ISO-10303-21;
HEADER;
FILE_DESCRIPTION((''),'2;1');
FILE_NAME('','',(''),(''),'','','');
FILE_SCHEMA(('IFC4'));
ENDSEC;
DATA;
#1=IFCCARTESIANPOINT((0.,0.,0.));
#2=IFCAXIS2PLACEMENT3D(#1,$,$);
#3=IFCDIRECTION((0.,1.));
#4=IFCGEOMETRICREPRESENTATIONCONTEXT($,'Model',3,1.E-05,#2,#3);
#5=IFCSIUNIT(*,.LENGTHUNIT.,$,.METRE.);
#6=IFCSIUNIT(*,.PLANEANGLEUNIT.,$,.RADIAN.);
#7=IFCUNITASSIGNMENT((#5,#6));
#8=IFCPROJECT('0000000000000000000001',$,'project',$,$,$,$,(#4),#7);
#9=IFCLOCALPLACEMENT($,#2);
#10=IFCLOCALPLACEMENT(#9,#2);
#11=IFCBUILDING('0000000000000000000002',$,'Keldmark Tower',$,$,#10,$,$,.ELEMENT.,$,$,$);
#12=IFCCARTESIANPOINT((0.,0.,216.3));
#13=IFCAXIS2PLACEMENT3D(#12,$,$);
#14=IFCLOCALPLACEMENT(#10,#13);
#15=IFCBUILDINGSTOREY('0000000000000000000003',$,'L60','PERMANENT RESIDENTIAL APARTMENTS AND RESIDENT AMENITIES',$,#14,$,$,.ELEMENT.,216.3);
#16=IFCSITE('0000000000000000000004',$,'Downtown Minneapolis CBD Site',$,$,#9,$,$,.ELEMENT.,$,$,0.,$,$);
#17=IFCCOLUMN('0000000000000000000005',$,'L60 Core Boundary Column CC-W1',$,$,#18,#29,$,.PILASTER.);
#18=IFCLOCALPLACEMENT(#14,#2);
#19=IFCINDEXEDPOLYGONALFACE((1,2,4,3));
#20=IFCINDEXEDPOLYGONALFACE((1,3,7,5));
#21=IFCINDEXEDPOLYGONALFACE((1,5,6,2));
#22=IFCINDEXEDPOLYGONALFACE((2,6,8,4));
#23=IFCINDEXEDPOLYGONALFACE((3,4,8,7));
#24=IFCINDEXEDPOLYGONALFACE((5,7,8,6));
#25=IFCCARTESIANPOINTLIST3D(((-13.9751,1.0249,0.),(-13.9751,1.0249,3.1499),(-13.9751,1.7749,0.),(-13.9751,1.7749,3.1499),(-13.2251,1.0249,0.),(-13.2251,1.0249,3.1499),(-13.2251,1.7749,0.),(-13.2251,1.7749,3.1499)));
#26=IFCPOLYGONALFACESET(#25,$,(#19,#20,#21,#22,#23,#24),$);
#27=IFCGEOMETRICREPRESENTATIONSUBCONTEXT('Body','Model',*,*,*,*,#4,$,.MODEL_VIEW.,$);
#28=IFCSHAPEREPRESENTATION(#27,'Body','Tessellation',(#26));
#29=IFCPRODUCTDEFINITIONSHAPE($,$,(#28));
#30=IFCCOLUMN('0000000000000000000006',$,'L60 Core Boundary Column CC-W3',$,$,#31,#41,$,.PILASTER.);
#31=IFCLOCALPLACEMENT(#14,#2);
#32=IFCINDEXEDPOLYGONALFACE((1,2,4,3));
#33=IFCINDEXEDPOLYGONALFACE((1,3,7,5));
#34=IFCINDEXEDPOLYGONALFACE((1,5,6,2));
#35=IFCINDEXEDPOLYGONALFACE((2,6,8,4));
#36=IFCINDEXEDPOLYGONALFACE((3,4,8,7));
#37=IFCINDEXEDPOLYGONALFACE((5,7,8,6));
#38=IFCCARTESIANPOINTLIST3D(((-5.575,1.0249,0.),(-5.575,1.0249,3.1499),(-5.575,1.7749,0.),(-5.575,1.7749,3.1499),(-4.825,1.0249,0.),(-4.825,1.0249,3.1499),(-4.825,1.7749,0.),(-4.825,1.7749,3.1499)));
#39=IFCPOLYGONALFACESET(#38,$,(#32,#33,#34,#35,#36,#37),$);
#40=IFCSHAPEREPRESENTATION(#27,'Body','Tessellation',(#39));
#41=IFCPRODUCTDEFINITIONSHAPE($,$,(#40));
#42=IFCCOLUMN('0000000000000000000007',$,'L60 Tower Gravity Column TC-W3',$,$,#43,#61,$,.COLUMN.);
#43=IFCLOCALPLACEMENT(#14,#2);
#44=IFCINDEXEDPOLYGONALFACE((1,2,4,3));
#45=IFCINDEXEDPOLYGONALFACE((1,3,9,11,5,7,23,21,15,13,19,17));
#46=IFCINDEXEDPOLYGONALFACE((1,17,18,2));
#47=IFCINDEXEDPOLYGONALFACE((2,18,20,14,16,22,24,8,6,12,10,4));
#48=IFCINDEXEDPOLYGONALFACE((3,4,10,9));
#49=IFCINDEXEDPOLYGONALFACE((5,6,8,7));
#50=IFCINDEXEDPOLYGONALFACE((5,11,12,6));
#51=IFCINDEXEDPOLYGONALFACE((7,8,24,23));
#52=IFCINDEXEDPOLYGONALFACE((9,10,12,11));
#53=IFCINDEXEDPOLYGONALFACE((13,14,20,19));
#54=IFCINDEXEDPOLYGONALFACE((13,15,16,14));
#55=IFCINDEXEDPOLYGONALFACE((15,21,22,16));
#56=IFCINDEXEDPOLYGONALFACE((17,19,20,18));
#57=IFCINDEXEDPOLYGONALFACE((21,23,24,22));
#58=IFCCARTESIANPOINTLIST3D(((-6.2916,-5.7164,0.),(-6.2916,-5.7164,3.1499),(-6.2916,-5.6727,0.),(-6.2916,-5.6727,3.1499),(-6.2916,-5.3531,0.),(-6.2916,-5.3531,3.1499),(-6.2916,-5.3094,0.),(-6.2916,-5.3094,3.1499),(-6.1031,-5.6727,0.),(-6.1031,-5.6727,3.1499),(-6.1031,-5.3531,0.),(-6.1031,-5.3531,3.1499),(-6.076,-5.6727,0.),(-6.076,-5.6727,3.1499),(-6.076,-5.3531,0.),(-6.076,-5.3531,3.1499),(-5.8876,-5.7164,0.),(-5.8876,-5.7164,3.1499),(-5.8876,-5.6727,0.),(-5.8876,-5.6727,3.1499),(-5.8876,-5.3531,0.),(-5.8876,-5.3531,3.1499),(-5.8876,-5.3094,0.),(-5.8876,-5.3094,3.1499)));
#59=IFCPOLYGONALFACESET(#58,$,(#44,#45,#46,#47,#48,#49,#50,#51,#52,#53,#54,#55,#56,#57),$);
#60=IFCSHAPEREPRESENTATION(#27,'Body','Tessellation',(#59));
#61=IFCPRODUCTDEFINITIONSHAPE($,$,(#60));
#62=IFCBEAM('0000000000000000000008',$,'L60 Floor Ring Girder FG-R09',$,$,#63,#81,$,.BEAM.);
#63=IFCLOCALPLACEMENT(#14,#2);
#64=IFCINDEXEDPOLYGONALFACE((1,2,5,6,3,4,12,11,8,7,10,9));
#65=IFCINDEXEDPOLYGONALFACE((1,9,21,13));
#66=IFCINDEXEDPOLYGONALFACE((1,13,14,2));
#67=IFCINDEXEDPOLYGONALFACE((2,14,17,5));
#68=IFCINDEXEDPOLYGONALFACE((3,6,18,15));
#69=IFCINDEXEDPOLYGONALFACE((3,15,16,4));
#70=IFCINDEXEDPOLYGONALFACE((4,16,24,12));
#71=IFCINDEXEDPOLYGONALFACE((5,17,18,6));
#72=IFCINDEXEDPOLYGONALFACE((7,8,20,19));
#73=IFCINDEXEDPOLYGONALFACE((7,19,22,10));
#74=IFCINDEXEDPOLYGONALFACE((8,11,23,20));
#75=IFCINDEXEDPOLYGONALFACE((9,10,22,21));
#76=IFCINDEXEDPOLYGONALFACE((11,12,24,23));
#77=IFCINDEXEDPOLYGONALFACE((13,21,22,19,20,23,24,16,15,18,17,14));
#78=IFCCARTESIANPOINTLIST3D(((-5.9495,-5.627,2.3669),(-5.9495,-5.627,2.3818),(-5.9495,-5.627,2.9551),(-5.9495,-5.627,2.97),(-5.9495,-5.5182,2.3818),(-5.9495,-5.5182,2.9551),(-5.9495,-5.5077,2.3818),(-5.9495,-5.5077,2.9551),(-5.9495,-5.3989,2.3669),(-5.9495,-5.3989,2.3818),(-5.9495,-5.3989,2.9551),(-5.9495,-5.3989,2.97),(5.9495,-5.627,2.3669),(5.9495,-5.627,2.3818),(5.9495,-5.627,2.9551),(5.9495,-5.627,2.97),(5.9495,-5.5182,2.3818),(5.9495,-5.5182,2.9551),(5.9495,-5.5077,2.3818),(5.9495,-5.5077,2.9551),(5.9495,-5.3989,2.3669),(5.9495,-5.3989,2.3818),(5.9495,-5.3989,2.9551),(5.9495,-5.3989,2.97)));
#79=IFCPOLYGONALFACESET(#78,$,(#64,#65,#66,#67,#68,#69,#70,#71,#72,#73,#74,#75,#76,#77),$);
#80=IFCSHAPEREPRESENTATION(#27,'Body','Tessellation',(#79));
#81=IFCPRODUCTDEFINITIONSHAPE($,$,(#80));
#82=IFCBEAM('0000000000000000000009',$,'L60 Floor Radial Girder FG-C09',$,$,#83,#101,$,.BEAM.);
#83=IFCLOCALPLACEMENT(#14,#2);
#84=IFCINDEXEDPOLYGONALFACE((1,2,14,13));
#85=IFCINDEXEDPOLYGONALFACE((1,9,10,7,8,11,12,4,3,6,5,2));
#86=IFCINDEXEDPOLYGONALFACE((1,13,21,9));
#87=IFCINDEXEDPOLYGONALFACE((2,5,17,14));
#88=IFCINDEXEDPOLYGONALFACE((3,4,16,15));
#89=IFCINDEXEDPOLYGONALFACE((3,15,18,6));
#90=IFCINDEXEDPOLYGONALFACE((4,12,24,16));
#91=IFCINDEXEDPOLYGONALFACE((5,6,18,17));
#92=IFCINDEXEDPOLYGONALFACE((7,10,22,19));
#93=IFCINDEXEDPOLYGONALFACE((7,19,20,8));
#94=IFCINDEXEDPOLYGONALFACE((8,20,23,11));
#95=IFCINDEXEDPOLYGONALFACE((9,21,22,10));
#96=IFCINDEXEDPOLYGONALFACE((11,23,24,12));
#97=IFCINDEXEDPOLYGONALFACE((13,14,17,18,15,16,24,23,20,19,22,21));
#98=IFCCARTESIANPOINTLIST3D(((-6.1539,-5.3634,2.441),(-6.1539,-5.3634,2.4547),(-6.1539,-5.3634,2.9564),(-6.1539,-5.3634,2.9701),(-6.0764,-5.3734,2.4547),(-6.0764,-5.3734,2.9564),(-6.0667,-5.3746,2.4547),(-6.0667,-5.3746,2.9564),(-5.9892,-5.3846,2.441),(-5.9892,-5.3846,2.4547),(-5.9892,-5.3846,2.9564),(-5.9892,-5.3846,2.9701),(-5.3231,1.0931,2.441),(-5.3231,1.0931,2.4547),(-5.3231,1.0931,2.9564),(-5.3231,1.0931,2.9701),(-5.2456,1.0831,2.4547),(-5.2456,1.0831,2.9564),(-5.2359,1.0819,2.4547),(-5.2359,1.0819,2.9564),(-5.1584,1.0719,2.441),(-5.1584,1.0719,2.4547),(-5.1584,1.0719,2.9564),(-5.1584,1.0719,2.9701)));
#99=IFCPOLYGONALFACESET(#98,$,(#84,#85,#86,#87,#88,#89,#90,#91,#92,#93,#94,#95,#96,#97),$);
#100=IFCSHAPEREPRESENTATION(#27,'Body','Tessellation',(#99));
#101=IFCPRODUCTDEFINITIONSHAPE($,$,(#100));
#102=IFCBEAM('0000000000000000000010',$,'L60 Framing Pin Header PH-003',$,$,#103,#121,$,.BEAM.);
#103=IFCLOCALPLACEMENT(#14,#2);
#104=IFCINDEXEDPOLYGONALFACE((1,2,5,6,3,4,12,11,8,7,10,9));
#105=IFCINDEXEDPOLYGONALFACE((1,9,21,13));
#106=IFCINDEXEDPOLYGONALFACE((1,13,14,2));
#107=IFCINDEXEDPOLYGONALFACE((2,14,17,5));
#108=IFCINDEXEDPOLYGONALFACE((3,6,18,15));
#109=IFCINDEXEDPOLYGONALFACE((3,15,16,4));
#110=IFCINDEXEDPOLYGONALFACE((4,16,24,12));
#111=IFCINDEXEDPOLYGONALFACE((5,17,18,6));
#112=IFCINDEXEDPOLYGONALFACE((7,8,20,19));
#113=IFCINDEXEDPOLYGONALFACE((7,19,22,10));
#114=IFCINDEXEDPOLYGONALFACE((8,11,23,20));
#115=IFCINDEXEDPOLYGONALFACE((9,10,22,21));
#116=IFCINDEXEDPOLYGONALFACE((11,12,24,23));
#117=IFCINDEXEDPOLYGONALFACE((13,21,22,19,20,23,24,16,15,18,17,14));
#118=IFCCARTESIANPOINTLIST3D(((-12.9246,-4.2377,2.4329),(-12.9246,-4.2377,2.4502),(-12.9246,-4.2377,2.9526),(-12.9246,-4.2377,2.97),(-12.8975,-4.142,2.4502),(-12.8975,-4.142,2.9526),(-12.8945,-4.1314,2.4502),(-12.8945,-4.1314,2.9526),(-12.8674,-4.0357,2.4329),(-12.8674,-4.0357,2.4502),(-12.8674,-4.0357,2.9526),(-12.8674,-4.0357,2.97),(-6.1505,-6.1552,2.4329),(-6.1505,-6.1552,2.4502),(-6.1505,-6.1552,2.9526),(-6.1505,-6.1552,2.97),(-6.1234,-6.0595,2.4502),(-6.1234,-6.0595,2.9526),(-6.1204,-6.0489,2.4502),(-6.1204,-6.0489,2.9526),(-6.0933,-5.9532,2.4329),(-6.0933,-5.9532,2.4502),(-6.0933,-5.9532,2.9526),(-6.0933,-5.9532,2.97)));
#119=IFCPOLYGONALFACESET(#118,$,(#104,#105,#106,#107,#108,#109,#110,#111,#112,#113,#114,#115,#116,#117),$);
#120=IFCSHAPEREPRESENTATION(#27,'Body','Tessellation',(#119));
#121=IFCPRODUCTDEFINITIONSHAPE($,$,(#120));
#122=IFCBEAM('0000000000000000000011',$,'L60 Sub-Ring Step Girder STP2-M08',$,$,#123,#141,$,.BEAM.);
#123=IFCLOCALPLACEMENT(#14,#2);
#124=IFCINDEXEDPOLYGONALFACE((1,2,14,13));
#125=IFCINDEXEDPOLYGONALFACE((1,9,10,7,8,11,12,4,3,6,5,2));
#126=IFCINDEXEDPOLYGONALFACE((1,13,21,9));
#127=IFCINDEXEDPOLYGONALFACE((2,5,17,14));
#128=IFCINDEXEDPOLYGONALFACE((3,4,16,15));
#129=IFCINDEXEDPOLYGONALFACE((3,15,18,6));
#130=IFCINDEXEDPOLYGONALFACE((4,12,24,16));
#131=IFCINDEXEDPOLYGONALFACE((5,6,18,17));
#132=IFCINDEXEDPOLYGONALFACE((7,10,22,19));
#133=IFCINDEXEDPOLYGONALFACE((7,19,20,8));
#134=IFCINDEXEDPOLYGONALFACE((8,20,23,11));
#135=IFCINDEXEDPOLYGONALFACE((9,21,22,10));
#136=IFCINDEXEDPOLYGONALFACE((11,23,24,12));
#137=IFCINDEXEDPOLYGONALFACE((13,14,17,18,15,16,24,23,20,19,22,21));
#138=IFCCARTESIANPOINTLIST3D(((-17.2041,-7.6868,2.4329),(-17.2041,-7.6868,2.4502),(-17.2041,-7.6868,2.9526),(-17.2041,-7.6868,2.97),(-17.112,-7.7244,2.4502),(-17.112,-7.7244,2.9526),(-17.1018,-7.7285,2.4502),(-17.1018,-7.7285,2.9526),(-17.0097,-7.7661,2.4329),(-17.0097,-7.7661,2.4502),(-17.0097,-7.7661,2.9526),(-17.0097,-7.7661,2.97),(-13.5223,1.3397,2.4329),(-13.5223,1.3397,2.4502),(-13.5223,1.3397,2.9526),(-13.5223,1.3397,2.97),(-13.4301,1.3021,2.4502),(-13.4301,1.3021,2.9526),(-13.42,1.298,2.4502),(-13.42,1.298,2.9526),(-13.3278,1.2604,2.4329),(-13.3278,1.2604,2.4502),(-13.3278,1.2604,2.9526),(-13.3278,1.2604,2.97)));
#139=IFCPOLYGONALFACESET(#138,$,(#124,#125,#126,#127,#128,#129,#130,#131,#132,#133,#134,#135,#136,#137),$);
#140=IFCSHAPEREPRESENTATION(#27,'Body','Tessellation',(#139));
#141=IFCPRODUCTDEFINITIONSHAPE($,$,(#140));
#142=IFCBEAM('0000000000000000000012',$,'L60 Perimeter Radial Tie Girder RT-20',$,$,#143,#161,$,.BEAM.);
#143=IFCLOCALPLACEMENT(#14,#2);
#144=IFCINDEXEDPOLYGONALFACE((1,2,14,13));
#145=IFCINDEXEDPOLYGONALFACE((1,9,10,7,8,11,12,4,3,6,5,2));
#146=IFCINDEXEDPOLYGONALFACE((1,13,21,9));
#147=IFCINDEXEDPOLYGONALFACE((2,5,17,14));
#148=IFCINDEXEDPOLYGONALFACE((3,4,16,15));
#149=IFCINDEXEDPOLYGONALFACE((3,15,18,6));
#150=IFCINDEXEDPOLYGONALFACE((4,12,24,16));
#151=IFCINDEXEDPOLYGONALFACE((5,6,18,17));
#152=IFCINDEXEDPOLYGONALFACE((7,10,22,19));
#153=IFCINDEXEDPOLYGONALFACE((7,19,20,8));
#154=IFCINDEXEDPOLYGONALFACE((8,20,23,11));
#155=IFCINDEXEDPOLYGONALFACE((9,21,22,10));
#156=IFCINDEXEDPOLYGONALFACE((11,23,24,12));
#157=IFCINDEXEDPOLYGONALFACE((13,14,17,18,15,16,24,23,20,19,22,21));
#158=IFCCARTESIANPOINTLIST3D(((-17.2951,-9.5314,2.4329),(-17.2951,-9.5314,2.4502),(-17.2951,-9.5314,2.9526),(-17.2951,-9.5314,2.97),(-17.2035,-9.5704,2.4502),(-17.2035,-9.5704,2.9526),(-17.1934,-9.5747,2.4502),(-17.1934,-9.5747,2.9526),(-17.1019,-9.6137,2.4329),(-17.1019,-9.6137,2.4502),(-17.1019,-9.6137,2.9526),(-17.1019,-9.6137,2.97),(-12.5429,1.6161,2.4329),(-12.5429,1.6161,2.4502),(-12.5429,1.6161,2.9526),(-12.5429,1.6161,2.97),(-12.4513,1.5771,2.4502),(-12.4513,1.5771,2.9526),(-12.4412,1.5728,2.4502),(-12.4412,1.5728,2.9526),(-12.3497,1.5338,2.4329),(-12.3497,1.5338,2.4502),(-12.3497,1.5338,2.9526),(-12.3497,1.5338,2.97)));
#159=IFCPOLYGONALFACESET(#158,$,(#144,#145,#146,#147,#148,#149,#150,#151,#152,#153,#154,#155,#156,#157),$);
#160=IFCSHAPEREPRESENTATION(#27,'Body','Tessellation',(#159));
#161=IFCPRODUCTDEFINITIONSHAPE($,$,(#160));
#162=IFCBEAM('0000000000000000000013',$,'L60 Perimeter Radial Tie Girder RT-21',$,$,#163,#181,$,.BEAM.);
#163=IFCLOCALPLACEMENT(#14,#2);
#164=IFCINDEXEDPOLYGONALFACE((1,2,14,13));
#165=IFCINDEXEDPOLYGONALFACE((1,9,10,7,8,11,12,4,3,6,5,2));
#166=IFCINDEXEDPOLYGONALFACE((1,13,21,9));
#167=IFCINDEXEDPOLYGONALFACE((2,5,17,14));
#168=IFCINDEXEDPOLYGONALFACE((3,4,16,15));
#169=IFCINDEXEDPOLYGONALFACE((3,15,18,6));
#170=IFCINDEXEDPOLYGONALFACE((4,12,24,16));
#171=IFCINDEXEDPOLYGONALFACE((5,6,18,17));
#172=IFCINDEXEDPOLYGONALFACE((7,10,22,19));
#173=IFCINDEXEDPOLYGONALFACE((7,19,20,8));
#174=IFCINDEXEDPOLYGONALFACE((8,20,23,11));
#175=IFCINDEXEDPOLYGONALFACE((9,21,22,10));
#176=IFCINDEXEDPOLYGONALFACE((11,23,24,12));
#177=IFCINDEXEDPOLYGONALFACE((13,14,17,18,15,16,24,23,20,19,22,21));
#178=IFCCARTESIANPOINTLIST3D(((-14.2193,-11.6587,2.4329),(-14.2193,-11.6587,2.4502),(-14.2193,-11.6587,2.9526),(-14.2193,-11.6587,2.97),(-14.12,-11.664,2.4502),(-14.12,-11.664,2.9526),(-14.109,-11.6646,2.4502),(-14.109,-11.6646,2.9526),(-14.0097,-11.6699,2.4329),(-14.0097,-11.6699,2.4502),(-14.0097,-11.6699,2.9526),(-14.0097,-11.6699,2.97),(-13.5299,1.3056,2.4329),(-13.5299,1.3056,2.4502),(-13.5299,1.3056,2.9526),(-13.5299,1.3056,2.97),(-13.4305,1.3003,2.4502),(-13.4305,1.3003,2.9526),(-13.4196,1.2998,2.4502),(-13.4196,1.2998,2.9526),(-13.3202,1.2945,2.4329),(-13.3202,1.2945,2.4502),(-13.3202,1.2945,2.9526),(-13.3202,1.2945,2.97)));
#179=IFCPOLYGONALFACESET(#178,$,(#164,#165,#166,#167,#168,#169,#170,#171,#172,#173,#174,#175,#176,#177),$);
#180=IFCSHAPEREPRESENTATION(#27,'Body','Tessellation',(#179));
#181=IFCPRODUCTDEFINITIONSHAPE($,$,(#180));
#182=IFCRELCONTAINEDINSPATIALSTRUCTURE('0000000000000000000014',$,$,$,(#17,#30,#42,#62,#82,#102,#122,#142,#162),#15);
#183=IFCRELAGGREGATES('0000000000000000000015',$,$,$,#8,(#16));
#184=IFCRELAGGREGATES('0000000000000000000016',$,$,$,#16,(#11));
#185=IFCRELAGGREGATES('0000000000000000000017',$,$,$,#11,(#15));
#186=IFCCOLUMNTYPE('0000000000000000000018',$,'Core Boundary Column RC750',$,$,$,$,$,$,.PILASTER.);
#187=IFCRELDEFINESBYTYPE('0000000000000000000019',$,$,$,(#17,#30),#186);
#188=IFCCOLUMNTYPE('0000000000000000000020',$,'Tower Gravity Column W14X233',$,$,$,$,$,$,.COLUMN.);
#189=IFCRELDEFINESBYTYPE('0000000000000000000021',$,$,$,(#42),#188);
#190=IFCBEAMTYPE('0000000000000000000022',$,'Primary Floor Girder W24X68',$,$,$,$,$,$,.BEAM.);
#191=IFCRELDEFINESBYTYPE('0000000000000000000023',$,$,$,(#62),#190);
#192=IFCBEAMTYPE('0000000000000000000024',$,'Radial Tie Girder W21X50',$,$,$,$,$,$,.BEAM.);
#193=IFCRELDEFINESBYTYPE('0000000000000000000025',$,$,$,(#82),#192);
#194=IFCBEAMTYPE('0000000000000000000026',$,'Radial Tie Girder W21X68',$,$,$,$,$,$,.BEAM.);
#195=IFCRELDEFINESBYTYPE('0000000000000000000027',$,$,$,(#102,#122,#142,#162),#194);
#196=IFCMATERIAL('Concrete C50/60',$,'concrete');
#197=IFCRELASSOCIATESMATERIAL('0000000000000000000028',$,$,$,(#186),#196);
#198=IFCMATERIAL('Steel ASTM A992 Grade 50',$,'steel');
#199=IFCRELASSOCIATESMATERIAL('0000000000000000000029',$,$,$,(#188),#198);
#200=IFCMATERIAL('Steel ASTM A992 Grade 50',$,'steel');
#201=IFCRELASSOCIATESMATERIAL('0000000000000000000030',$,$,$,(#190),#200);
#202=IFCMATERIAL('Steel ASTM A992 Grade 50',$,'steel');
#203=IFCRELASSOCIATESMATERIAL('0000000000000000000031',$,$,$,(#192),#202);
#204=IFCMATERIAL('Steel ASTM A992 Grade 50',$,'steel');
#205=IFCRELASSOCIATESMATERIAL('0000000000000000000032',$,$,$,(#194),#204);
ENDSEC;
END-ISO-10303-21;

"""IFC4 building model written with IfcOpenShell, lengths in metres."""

from ifc_helpers import new_model, si_unit, direction, frame, origin, origin_2d, place, context, subcontext, project, spatial, rectangle, i_section, extrude, material, material_profile, profile_set, type_object, element, save


model = new_model("IFC4")

# Units and contexts
model_context = context("Model", 3, precision=1e-05, world=origin(), true_north=direction((0.0, 1.0)))
body_context = subcontext(model_context, "Body", "Model", "MODEL_VIEW")
ifc_project = project(units=[si_unit("LENGTHUNIT", "METRE"), si_unit("PLANEANGLEUNIT", "RADIAN")], contexts=[model_context])

# Site, building, storey
site_placement = place(None, origin())
site = spatial("IfcSite", under=ifc_project, at=site_placement, Name="Downtown Minneapolis CBD Site", CompositionType="ELEMENT", RefElevation=0.0)
building_placement = place(site_placement, origin())
building = spatial("IfcBuilding", under=site, at=building_placement, Name="Keldmark Tower", CompositionType="ELEMENT")
storey_placement = place(building_placement, frame((0.0, 0.0, 216.3)))
storey = spatial("IfcBuildingStorey", under=building, at=storey_placement, Name="L60", Description="PERMANENT RESIDENTIAL APARTMENTS AND RESIDENT AMENITIES", CompositionType="ELEMENT", Elevation=216.3)

# Columns
ifc_material_1 = material(Name="Concrete C50/60", Category="concrete")
ifc_material_profile_1 = material_profile(ifc_material_1, rectangle(XDim=0.75, YDim=0.75, at=origin_2d()), Name="RC750X750")
ifc_profile_set_1 = profile_set([ifc_material_profile_1], Name="Concrete C50/60")
column_type_1 = type_object("IfcColumnType", Name="Core Boundary Column RC750", PredefinedType="PILASTER", material=ifc_profile_set_1)
for number, where, z_axis, x_axis, name in (
    (1, (-13.6001, 1.3999, 0.0), (0.0, 0.0, 1.0), (1.0, 0.0, 0.0), "L60 Core Boundary Column CC-W1"),
    (2, (-5.2, 1.3999, 0.0), (0.0, 0.0, 1.0), (1.0, 0.0, 0.0), "L60 Core Boundary Column CC-W3"),
):
    element("IfcColumn", number, at=place(storey_placement, frame(where, z_axis=z_axis, x_axis=x_axis)), inside=storey, type_object=column_type_1, Name=name, PredefinedType="PILASTER", context=body_context, shape_type="SweptSolid", body=[
        extrude(rectangle(XDim=0.75, YDim=0.75, at=origin_2d()), origin(), (0.0, 0.0, 1.0), 3.1499),
    ])
ifc_material_2 = material(Name="Steel ASTM A992 Grade 50", Category="steel")
ifc_material_profile_2 = material_profile(ifc_material_2, i_section(OverallWidth=0.4041, OverallDepth=0.407, WebThickness=0.0271, FlangeThickness=0.0437, at=origin_2d()), Name="W14X233")
ifc_profile_set_2 = profile_set([ifc_material_profile_2], Name="Steel ASTM A992 Grade 50")
column_type_2 = type_object("IfcColumnType", Name="Tower Gravity Column W14X233", PredefinedType="COLUMN", material=ifc_profile_set_2)
column_placement = place(storey_placement, frame((-6.0896, -5.5129, 0.0), z_axis=(0.0, 0.0, 1.0), x_axis=(1.0, 0.0, 0.0)))
element("IfcColumn", 3, at=column_placement, inside=storey, type_object=column_type_2, Name="L60 Tower Gravity Column TC-W3", PredefinedType="COLUMN", context=body_context, shape_type="SweptSolid", body=[
    extrude(i_section(OverallWidth=0.4041, OverallDepth=0.407, WebThickness=0.0271, FlangeThickness=0.0437, at=origin_2d()), origin(), (0.0, 0.0, 1.0), 3.1499),
])

# Beams
ifc_material_3 = material(Name="Steel ASTM A992 Grade 50", Category="steel")
ifc_material_profile_3 = material_profile(ifc_material_3, i_section(OverallWidth=0.228, OverallDepth=0.603, WebThickness=0.0105, FlangeThickness=0.0149, at=origin_2d()), Name="W24X68")
ifc_profile_set_3 = profile_set([ifc_material_profile_3], Name="Steel ASTM A992 Grade 50")
beam_type_1 = type_object("IfcBeamType", Name="Primary Floor Girder W24X68", PredefinedType="BEAM", material=ifc_profile_set_3)
beam_1_placement = place(storey_placement, frame((-5.9495, -5.5129, 2.6685), z_axis=(1.0, 0.0, 0.0), x_axis=(0.0, 1.0, 0.0)))
element("IfcBeam", 4, at=beam_1_placement, inside=storey, type_object=beam_type_1, Name="L60 Floor Ring Girder FG-R09", PredefinedType="BEAM", context=body_context, shape_type="SweptSolid", body=[
    extrude(i_section(OverallWidth=0.228, OverallDepth=0.603, WebThickness=0.0105, FlangeThickness=0.0149, at=origin_2d()), origin(), (0.0, 0.0, 1.0), 11.8989),
])
ifc_material_4 = material(Name="Steel ASTM A992 Grade 50", Category="steel")
ifc_material_profile_4 = material_profile(ifc_material_4, i_section(OverallWidth=0.166, OverallDepth=0.5291, WebThickness=0.0098, FlangeThickness=0.0137, at=origin_2d()), Name="W21X50")
ifc_profile_set_4 = profile_set([ifc_material_profile_4], Name="Steel ASTM A992 Grade 50")
beam_type_2 = type_object("IfcBeamType", Name="Radial Tie Girder W21X50", PredefinedType="BEAM", material=ifc_profile_set_4)
beam_2_placement = place(storey_placement, frame((-6.0715, -5.374, 2.7056), z_axis=(0.127625, 0.991822, 0.0), x_axis=(-0.991822, 0.127625, 0.0)))
element("IfcBeam", 5, at=beam_2_placement, inside=storey, type_object=beam_type_2, Name="L60 Floor Radial Girder FG-C09", PredefinedType="BEAM", context=body_context, shape_type="SweptSolid", body=[
    extrude(i_section(OverallWidth=0.166, OverallDepth=0.5291, WebThickness=0.0098, FlangeThickness=0.0137, at=origin_2d()), origin(), (0.0, 0.0, 1.0), 6.5098),
])
ifc_material_5 = material(Name="Steel ASTM A992 Grade 50", Category="steel")
ifc_material_profile_5 = material_profile(ifc_material_5, i_section(OverallWidth=0.21, OverallDepth=0.5371, WebThickness=0.011, FlangeThickness=0.0173, at=origin_2d()), Name="W21X68")
ifc_profile_set_5 = profile_set([ifc_material_profile_5], Name="Steel ASTM A992 Grade 50")
beam_type_3 = type_object("IfcBeamType", Name="Radial Tie Girder W21X68", PredefinedType="BEAM", material=ifc_profile_set_5)
beam_3_placement = place(storey_placement, frame((-12.896, -4.1367, 2.7014), z_axis=(0.962196, -0.272357, 0.0), x_axis=(0.272357, 0.962196, 0.0)))
element("IfcBeam", 6, at=beam_3_placement, inside=storey, type_object=beam_type_3, Name="L60 Framing Pin Header PH-003", PredefinedType="BEAM", context=body_context, shape_type="SweptSolid", body=[
    extrude(i_section(OverallWidth=0.21, OverallDepth=0.5371, WebThickness=0.011, FlangeThickness=0.0173, at=origin_2d()), origin(), (0.0, 0.0, 1.0), 7.0403),
])
beam_4_placement = place(storey_placement, frame((-13.425, 1.3, 2.7014), z_axis=(-0.377682, -0.925935, 0.0), x_axis=(0.925935, -0.377682, 0.0)))
element("IfcBeam", 7, at=beam_4_placement, inside=storey, type_object=beam_type_3, Name="L60 Sub-Ring Step Girder STP2-M08", PredefinedType="BEAM", context=body_context, shape_type="SweptSolid", body=[
    extrude(i_section(OverallWidth=0.21, OverallDepth=0.5371, WebThickness=0.011, FlangeThickness=0.0173, at=origin_2d()), origin(), (0.0, 0.0, 1.0), 9.7485),
])
beam_5_placement = place(storey_placement, frame((-12.4463, 1.575, 2.7014), z_axis=(-0.392156, -0.919899, 0.0), x_axis=(0.919899, -0.392156, 0.0)))
element("IfcBeam", 8, at=beam_5_placement, inside=storey, type_object=beam_type_3, Name="L60 Perimeter Radial Tie Girder RT-20", PredefinedType="BEAM", context=body_context, shape_type="SweptSolid", body=[
    extrude(i_section(OverallWidth=0.21, OverallDepth=0.5371, WebThickness=0.011, FlangeThickness=0.0173, at=origin_2d()), origin(), (0.0, 0.0, 1.0), 12.1182),
])
beam_6_placement = place(storey_placement, frame((-13.425, 1.3, 2.7014), z_axis=(-0.053106, -0.998589, 0.0), x_axis=(0.998589, -0.053106, 0.0)))
element("IfcBeam", 9, at=beam_6_placement, inside=storey, type_object=beam_type_3, Name="L60 Perimeter Radial Tie Girder RT-21", PredefinedType="BEAM", context=body_context, shape_type="SweptSolid", body=[
    extrude(i_section(OverallWidth=0.21, OverallDepth=0.5371, WebThickness=0.011, FlangeThickness=0.0173, at=origin_2d()), origin(), (0.0, 0.0, 1.0), 12.9827),
])

save(model, "model.ifc")
